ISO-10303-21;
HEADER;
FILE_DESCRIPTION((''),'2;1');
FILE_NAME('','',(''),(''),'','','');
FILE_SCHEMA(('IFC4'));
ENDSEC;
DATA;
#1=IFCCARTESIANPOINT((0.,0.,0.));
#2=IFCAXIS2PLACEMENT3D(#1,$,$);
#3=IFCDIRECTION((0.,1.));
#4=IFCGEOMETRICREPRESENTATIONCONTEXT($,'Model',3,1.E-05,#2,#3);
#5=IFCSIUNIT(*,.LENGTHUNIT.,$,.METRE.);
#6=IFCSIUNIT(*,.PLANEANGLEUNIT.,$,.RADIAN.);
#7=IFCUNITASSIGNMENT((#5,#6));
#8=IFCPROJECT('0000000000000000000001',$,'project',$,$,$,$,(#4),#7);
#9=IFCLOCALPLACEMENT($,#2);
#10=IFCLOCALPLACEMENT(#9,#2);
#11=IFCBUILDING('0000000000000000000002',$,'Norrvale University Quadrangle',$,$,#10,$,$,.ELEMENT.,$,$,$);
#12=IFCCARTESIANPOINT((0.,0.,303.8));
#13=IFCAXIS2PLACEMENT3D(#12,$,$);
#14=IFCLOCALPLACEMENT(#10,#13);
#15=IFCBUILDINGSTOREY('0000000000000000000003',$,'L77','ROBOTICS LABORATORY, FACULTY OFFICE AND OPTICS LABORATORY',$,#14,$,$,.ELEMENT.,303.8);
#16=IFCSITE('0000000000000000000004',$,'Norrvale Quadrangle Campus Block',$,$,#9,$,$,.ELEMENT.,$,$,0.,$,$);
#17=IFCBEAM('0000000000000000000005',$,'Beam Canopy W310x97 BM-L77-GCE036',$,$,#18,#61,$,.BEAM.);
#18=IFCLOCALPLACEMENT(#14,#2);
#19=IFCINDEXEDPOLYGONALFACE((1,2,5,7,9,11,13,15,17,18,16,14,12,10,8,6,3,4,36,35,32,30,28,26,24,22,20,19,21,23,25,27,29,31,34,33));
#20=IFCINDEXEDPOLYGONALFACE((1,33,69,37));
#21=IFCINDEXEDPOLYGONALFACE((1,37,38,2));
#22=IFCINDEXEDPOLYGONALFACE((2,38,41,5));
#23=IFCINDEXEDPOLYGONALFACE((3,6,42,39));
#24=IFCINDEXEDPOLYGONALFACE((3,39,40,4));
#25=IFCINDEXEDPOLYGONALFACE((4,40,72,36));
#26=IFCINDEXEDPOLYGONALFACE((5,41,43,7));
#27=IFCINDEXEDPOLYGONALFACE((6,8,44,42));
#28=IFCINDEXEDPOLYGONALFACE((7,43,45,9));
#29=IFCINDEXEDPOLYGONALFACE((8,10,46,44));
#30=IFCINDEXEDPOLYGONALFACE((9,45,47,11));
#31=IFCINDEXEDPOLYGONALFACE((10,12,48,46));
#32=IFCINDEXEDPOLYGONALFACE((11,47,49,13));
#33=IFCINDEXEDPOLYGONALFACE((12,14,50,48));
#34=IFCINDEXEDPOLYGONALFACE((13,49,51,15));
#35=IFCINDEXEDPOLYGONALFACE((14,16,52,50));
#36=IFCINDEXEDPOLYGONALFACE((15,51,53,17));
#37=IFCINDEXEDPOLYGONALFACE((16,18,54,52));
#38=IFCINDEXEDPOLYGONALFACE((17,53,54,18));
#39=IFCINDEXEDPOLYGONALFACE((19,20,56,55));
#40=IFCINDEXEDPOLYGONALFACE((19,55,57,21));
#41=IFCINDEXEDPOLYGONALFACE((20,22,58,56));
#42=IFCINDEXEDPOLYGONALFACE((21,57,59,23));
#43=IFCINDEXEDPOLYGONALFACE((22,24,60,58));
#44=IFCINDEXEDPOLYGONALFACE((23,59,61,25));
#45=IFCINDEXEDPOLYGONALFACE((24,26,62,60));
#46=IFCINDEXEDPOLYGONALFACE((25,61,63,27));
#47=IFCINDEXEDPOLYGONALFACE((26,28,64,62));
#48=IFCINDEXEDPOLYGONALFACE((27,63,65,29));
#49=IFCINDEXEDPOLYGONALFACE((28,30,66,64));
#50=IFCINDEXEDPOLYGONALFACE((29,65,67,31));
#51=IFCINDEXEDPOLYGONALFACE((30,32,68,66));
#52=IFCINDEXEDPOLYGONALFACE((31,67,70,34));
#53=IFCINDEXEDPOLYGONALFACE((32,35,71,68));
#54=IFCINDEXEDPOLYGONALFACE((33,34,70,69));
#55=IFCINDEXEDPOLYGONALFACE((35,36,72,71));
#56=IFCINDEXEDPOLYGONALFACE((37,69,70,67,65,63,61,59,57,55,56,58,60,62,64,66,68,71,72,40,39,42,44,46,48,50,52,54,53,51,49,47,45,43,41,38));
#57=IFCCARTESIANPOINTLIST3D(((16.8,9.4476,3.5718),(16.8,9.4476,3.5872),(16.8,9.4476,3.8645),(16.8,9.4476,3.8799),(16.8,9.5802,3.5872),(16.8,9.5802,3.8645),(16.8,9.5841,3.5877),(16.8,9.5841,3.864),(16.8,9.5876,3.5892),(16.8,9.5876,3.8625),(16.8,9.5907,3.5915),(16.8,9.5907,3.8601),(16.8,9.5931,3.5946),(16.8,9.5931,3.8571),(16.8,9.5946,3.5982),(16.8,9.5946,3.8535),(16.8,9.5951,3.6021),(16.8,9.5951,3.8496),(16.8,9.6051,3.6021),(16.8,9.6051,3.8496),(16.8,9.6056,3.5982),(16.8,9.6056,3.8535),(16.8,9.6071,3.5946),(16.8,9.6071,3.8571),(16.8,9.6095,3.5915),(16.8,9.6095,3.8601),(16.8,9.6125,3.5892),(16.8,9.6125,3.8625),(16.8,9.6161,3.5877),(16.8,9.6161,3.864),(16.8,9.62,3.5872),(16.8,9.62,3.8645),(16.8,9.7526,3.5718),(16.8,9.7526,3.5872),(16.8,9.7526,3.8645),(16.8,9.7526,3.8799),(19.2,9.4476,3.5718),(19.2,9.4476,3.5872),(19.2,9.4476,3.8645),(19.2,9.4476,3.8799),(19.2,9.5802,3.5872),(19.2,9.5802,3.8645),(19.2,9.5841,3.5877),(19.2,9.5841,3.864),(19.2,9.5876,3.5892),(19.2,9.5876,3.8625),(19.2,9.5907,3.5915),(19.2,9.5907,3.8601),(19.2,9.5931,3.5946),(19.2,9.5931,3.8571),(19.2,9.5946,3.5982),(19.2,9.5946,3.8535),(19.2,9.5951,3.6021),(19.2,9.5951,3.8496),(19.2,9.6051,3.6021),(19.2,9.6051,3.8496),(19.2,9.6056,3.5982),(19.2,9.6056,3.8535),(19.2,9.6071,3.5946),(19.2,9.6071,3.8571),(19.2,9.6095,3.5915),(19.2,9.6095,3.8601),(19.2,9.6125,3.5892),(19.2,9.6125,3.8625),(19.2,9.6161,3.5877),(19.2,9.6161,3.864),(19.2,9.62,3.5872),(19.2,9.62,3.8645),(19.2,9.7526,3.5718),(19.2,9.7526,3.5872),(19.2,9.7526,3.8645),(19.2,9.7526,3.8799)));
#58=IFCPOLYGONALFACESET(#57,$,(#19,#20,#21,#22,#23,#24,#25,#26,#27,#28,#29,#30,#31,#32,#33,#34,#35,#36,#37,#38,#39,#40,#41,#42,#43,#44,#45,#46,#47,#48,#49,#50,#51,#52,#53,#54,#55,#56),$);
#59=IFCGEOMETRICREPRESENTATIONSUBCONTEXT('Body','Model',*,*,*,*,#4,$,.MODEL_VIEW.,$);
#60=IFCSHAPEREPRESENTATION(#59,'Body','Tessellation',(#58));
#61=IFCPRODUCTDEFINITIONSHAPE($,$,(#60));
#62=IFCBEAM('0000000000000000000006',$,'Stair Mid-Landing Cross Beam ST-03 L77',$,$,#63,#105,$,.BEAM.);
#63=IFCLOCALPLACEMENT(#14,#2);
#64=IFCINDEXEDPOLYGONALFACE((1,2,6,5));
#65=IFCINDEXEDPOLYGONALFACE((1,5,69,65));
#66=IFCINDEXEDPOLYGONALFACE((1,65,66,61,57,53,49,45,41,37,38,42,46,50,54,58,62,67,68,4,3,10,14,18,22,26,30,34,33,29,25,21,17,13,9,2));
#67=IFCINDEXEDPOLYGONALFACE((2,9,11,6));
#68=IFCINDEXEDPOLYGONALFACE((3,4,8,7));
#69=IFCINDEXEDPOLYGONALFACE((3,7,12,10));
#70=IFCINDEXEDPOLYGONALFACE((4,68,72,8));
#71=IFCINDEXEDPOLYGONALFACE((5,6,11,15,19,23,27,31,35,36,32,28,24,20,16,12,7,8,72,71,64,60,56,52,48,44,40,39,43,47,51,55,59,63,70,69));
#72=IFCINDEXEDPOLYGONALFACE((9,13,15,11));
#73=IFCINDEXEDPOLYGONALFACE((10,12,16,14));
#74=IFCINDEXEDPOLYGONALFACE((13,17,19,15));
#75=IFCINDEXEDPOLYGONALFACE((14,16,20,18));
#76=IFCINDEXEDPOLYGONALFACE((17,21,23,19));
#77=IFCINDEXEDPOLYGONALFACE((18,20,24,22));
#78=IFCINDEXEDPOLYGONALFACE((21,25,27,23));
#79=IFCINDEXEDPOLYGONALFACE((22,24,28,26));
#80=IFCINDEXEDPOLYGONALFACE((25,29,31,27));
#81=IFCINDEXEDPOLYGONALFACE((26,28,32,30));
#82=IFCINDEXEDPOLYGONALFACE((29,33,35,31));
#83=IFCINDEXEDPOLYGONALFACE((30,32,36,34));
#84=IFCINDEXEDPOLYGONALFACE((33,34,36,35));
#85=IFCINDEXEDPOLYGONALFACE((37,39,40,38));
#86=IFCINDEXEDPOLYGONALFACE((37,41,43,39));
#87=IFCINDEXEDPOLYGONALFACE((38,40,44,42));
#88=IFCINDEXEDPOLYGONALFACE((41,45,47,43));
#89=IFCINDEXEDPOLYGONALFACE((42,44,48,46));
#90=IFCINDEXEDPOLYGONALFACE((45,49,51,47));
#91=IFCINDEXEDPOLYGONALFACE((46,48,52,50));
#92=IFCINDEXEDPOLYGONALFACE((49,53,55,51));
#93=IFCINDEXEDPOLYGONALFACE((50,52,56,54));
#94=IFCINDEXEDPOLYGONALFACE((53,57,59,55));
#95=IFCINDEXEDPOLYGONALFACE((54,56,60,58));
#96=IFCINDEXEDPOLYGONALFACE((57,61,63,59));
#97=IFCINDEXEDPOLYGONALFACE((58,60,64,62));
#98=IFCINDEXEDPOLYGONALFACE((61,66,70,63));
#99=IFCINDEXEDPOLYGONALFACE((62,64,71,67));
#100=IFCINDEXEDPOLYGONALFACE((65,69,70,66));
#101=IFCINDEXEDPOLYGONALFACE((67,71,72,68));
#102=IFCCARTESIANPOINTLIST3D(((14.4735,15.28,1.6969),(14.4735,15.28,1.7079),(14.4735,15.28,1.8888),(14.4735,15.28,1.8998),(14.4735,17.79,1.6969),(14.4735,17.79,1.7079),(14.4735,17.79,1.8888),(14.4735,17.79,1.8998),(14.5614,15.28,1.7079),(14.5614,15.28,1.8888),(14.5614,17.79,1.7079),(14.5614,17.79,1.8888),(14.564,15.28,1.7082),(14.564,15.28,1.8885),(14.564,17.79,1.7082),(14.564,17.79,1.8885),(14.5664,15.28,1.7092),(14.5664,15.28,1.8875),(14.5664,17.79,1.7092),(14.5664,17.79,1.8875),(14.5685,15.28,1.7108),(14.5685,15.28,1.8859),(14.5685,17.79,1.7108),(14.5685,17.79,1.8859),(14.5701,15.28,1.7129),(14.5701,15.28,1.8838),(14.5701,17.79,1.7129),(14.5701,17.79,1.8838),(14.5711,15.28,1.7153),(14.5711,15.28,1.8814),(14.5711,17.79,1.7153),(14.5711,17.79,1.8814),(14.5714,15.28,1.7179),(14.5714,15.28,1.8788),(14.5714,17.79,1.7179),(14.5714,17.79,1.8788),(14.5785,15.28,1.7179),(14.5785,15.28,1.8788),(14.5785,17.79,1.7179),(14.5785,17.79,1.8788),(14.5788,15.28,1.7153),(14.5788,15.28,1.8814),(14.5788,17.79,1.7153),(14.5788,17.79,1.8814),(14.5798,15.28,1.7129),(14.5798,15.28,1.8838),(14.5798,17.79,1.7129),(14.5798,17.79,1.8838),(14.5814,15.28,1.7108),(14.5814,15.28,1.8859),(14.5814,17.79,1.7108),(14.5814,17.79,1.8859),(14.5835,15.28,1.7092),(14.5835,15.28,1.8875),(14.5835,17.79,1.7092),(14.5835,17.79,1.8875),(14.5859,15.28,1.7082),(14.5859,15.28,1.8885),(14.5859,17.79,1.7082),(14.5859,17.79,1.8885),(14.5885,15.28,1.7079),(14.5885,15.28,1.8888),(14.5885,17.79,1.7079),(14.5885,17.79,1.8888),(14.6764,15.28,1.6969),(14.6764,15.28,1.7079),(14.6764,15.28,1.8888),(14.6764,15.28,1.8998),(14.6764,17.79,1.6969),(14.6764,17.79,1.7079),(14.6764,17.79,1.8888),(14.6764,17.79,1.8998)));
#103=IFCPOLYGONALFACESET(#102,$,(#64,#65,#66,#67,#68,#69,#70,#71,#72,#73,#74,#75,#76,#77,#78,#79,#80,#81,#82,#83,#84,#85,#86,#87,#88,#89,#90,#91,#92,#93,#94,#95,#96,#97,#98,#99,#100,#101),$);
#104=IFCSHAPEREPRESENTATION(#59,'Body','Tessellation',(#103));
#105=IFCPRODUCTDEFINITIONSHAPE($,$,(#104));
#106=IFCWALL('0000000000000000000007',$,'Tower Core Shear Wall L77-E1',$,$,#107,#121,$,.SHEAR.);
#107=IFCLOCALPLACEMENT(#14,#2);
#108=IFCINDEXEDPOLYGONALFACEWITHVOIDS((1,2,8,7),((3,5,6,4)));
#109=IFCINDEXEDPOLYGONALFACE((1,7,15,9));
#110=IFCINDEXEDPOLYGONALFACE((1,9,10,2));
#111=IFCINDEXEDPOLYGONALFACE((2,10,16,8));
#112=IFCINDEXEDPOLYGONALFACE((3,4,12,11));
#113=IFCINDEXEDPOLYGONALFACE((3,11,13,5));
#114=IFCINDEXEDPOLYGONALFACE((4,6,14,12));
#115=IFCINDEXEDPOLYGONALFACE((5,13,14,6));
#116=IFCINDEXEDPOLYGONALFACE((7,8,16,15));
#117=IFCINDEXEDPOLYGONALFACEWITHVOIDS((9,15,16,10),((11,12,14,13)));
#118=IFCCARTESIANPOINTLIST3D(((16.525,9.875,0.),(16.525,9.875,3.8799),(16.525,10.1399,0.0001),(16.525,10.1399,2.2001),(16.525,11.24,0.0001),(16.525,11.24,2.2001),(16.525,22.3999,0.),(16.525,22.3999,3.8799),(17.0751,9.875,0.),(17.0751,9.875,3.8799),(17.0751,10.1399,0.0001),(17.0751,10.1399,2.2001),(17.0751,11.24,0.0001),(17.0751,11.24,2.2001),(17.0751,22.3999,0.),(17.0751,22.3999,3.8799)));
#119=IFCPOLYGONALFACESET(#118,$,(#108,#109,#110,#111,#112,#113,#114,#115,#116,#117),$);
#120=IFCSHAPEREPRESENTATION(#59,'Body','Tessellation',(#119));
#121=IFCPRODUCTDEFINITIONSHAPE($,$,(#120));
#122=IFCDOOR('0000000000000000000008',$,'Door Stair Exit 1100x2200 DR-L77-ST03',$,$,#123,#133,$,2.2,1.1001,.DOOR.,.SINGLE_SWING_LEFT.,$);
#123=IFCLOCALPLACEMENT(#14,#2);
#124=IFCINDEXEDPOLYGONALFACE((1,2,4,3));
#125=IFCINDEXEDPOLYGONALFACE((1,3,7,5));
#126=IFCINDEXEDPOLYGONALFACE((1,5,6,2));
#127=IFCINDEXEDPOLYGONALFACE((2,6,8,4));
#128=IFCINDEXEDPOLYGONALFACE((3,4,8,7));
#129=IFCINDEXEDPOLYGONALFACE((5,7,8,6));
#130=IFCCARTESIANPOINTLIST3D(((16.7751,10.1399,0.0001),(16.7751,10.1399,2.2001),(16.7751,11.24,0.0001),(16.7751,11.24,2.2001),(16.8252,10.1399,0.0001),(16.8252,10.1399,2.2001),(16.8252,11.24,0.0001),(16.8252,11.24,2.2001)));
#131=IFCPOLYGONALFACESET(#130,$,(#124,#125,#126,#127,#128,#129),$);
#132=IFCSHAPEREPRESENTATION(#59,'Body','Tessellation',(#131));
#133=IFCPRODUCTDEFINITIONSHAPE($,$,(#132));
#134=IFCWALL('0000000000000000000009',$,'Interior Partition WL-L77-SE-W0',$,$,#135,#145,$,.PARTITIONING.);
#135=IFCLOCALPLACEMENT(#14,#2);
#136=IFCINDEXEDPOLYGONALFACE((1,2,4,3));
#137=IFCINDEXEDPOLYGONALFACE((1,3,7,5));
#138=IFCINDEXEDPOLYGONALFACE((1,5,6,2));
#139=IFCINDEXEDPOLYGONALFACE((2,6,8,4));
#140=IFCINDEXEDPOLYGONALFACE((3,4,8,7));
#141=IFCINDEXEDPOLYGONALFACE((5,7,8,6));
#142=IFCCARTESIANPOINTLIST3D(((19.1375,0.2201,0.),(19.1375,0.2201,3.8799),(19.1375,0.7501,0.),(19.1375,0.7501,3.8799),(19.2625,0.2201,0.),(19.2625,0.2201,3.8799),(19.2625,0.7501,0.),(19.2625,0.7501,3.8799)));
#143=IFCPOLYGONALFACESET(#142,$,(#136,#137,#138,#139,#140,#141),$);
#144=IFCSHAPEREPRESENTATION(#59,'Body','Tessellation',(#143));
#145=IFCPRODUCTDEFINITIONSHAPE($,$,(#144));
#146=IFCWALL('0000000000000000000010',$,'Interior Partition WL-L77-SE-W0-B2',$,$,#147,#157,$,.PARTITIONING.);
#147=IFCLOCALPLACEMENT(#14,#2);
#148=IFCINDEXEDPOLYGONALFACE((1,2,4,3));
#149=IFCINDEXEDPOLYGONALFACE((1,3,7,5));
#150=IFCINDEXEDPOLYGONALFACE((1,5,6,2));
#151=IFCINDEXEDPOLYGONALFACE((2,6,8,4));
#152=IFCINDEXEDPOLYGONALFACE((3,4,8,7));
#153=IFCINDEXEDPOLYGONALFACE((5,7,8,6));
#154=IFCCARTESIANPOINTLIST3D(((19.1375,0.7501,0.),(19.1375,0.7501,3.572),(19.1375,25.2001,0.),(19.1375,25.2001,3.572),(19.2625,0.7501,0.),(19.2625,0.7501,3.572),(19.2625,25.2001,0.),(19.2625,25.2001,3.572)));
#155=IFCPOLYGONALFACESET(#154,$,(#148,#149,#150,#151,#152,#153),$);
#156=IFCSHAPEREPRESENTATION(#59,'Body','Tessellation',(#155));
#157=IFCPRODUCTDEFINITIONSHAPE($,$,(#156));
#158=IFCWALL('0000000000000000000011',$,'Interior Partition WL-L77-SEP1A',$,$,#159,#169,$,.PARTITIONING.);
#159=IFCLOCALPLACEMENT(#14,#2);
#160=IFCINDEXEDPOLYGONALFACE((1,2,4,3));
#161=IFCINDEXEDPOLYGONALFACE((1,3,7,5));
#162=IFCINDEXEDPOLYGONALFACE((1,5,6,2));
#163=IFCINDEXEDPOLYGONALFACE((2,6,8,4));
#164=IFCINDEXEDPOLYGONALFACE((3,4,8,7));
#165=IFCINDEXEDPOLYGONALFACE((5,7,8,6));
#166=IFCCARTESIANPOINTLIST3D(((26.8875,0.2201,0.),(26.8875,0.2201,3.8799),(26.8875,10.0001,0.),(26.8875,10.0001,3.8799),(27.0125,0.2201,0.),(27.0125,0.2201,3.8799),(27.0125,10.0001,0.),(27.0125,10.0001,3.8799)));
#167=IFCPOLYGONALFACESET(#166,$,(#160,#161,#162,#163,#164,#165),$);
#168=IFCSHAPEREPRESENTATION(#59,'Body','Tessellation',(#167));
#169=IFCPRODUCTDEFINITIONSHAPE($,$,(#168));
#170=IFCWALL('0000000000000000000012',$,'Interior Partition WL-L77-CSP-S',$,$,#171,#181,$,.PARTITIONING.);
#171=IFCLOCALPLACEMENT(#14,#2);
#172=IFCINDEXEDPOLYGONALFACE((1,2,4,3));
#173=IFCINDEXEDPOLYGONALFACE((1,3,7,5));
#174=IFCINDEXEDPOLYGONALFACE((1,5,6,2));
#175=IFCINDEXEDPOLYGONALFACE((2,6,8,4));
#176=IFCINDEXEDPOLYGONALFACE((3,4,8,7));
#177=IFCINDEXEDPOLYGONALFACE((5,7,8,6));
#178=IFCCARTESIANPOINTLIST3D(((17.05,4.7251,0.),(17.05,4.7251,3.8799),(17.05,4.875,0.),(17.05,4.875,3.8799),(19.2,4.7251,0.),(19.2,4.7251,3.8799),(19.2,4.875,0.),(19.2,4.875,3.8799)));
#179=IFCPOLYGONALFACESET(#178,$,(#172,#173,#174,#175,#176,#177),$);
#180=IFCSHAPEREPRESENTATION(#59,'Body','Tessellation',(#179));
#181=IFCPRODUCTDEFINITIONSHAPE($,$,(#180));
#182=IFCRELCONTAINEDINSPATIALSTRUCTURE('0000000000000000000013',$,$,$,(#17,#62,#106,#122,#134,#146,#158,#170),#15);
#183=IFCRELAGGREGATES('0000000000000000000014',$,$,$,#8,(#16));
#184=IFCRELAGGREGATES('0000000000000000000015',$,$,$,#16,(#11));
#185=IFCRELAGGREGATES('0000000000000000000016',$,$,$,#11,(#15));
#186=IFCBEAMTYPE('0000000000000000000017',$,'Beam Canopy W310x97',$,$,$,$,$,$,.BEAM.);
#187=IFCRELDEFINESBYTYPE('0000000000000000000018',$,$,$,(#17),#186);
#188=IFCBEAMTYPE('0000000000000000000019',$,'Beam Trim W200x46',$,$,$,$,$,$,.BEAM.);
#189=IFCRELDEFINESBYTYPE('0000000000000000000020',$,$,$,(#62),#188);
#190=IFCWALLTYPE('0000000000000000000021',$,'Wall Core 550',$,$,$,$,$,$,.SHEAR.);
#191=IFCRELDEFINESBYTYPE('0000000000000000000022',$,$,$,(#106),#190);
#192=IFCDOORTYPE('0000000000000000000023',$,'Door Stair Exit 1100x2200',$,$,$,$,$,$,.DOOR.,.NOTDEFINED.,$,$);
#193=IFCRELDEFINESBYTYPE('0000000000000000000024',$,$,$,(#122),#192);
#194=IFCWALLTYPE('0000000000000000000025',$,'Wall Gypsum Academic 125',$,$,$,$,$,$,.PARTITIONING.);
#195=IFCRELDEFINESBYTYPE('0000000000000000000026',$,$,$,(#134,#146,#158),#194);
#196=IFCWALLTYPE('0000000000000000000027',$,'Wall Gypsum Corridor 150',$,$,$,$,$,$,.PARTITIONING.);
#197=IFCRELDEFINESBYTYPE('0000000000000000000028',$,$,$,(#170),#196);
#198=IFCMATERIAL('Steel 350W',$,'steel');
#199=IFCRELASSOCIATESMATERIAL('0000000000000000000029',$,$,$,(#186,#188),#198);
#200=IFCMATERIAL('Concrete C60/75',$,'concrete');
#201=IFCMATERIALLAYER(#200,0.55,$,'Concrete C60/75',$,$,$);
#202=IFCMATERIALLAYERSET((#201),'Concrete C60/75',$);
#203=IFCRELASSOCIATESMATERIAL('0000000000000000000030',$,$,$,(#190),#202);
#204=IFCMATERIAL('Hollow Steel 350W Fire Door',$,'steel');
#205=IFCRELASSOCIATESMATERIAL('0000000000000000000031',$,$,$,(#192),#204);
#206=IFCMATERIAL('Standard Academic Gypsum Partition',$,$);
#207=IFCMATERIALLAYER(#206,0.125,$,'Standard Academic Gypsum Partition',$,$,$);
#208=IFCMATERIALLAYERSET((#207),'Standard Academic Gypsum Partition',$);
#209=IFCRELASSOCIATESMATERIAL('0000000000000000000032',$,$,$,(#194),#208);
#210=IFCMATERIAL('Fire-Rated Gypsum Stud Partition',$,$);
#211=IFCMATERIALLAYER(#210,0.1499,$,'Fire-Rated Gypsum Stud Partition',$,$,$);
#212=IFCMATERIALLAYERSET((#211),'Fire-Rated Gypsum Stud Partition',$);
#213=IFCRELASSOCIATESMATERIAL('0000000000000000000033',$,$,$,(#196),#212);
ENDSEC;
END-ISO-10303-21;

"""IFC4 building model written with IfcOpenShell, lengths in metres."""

from ifc_helpers import new_model, si_unit, direction, frame, frame_2d, origin, origin_2d, place, context, subcontext, project, spatial, rectangle, i_section, extrude, material, layer, layer_set, material_profile, profile_set, type_object, element, fill, save


model = new_model("IFC4")

# Units and contexts
model_context = context("Model", 3, precision=1e-05, world=origin(), true_north=direction((0.0, 1.0)))
body_context = subcontext(model_context, "Body", "Model", "MODEL_VIEW")
ifc_project = project(units=[si_unit("LENGTHUNIT", "METRE"), si_unit("PLANEANGLEUNIT", "RADIAN")], contexts=[model_context])

# Site, building, storey
site_placement = place(None, origin())
site = spatial("IfcSite", under=ifc_project, at=site_placement, Name="Norrvale Quadrangle Campus Block", CompositionType="ELEMENT", RefElevation=0.0)
building_placement = place(site_placement, origin())
building = spatial("IfcBuilding", under=site, at=building_placement, Name="Norrvale University Quadrangle", CompositionType="ELEMENT")
storey_placement = place(building_placement, frame((0.0, 0.0, 303.8)))
storey = spatial("IfcBuildingStorey", under=building, at=storey_placement, Name="L77", Description="ROBOTICS LABORATORY, FACULTY OFFICE AND OPTICS LABORATORY", CompositionType="ELEMENT", Elevation=303.8)

# Shared definitions
ifc_material_1 = material(Name="Concrete C60/75", Category="concrete")

# Beams
ifc_material_2 = material(Name="Steel 350W", Category="steel")
ifc_material_profile_1 = material_profile(ifc_material_2, i_section(OverallWidth=0.3049, OverallDepth=0.3081, WebThickness=0.01, FlangeThickness=0.0154, FilletRadius=0.0149, at=origin_2d()), Name="Steel 350W")
ifc_profile_set_1 = profile_set([ifc_material_profile_1], Name="Steel 350W")
beam_type_1 = type_object("IfcBeamType", Name="Beam Canopy W310x97", PredefinedType="BEAM", material=ifc_profile_set_1)
beam_1_placement = place(storey_placement, frame((16.8, 9.6001, 3.7258), z_axis=(1.0, 0.0, 0.0), x_axis=(0.0, 1.0, 0.0)))
element("IfcBeam", 1, at=beam_1_placement, inside=storey, type_object=beam_type_1, Name="Beam Canopy W310x97 BM-L77-GCE036", PredefinedType="BEAM", context=body_context, shape_type="SweptSolid", body=[
    extrude(i_section(OverallWidth=0.3049, OverallDepth=0.3081, WebThickness=0.01, FlangeThickness=0.0154, FilletRadius=0.0149, at=origin_2d()), origin(), (0.0, 0.0, 1.0), 2.3999),
])
ifc_material_profile_2 = material_profile(ifc_material_2, i_section(OverallWidth=0.2029, OverallDepth=0.2029, WebThickness=0.0071, FlangeThickness=0.011, FilletRadius=0.01, at=origin_2d()), Name="Steel 350W")
ifc_profile_set_2 = profile_set([ifc_material_profile_2], Name="Steel 350W")
beam_type_2 = type_object("IfcBeamType", Name="Beam Trim W200x46", PredefinedType="BEAM", material=ifc_profile_set_2)
beam_2_placement = place(storey_placement, frame((14.575, 15.28, 1.7983), z_axis=(0.0, 1.0, 0.0), x_axis=(-1.0, 0.0, 0.0)))
element("IfcBeam", 2, at=beam_2_placement, inside=storey, type_object=beam_type_2, Name="Stair Mid-Landing Cross Beam ST-03 L77", PredefinedType="BEAM", context=body_context, shape_type="SweptSolid", body=[
    extrude(i_section(OverallWidth=0.2029, OverallDepth=0.2029, WebThickness=0.0071, FlangeThickness=0.011, FilletRadius=0.01, at=origin_2d()), origin(), (0.0, 0.0, 1.0), 2.51),
])

# Wall, opening, door
ifc_layer_1 = layer(ifc_material_1, 0.55, Name="Concrete C60/75")
ifc_layer_set_1 = layer_set([ifc_layer_1], Name="Concrete C60/75")
wall_type_1 = type_object("IfcWallType", Name="Wall Core 550", PredefinedType="SHEAR", material=ifc_layer_set_1)
wall_1_placement = place(storey_placement, frame((16.8, 9.875, 0.0), z_axis=(0.0, 0.0, 1.0), x_axis=(0.0, 1.0, 0.0)))
wall_1 = element("IfcWall", 3, at=wall_1_placement, inside=storey, type_object=wall_type_1, Name="Tower Core Shear Wall L77-E1", PredefinedType="SHEAR", context=body_context, shape_type="SweptSolid", body=[
    extrude(rectangle(XDim=12.5249, YDim=0.55, at=frame_2d((6.2625, 0.0))), origin(), (0.0, 0.0, 1.0), 3.8799),
])
opening_1_placement = place(wall_1_placement, frame((0.2649, 0.0, 0.0)))
opening_1 = element("IfcOpeningElement", 4, at=opening_1_placement, cuts=wall_1, PredefinedType="OPENING", context=body_context, shape_type="SweptSolid", body=[
    extrude(rectangle(XDim=1.1001, YDim=2.2, at=frame_2d((0.55, 1.1001))), frame((0.0, 0.2871, 0.0), z_axis=(0.0, -1.0, 0.0), x_axis=(1.0, 0.0, 0.0)), (0.0, 0.0, 1.0), 0.574),
])
ifc_material_3 = material(Name="Hollow Steel 350W Fire Door", Category="steel")
door_type_1 = type_object("IfcDoorType", Name="Door Stair Exit 1100x2200", OperationType="NOTDEFINED", PredefinedType="DOOR", material=ifc_material_3)
door_1_placement = place(opening_1_placement, origin())
door_1 = element("IfcDoor", 5, at=door_1_placement, inside=storey, type_object=door_type_1, Name="Door Stair Exit 1100x2200 DR-L77-ST03", OperationType="SINGLE_SWING_LEFT", OverallHeight=2.2, OverallWidth=1.1001, PredefinedType="DOOR", context=body_context, shape_type="SweptSolid", body=[
    extrude(rectangle(XDim=1.1001, YDim=2.2, at=frame_2d((0.55, 1.1001))), frame((0.0, 0.0249, 0.0), z_axis=(0.0, -1.0, 0.0), x_axis=(1.0, 0.0, 0.0)), (0.0, 0.0, 1.0), 0.05),
])
fill(opening_1, door_1)

# Walls
ifc_material_4 = material(Name="Standard Academic Gypsum Partition")
ifc_layer_2 = layer(ifc_material_4, 0.125, Name="Standard Academic Gypsum Partition")
ifc_layer_set_2 = layer_set([ifc_layer_2], Name="Standard Academic Gypsum Partition")
wall_type_2 = type_object("IfcWallType", Name="Wall Gypsum Academic 125", PredefinedType="PARTITIONING", material=ifc_layer_set_2)
wall_2_placement = place(storey_placement, frame((19.2, 0.22, 0.0), z_axis=(0.0, 0.0, 1.0), x_axis=(0.0, 1.0, 0.0)))
element("IfcWall", 6, at=wall_2_placement, inside=storey, type_object=wall_type_2, Name="Interior Partition WL-L77-SE-W0", PredefinedType="PARTITIONING", context=body_context, shape_type="SweptSolid", body=[
    extrude(rectangle(XDim=0.53, YDim=0.125, at=frame_2d((0.2651, 0.0))), origin(), (0.0, 0.0, 1.0), 3.8799),
])
wall_3_placement = place(storey_placement, frame((19.2, 0.75, 0.0), z_axis=(0.0, 0.0, 1.0), x_axis=(0.0, 1.0, 0.0)))
element("IfcWall", 7, at=wall_3_placement, inside=storey, type_object=wall_type_2, Name="Interior Partition WL-L77-SE-W0-B2", PredefinedType="PARTITIONING", context=body_context, shape_type="SweptSolid", body=[
    extrude(rectangle(XDim=24.45, YDim=0.125, at=frame_2d((12.2251, 0.0))), origin(), (0.0, 0.0, 1.0), 3.572),
])
wall_4_placement = place(storey_placement, frame((26.95, 0.22, 0.0), z_axis=(0.0, 0.0, 1.0), x_axis=(0.0, 1.0, 0.0)))
element("IfcWall", 8, at=wall_4_placement, inside=storey, type_object=wall_type_2, Name="Interior Partition WL-L77-SEP1A", PredefinedType="PARTITIONING", context=body_context, shape_type="SweptSolid", body=[
    extrude(rectangle(XDim=9.78, YDim=0.125, at=frame_2d((4.8901, 0.0))), origin(), (0.0, 0.0, 1.0), 3.8799),
])
ifc_material_5 = material(Name="Fire-Rated Gypsum Stud Partition")
ifc_layer_3 = layer(ifc_material_5, 0.1499, Name="Fire-Rated Gypsum Stud Partition")
ifc_layer_set_3 = layer_set([ifc_layer_3], Name="Fire-Rated Gypsum Stud Partition")
wall_type_3 = type_object("IfcWallType", Name="Wall Gypsum Corridor 150", PredefinedType="PARTITIONING", material=ifc_layer_set_3)
wall_5_placement = place(storey_placement, frame((17.05, 4.8, 0.0), z_axis=(0.0, 0.0, 1.0), x_axis=(1.0, 0.0, 0.0)))
element("IfcWall", 9, at=wall_5_placement, inside=storey, type_object=wall_type_3, Name="Interior Partition WL-L77-CSP-S", PredefinedType="PARTITIONING", context=body_context, shape_type="SweptSolid", body=[
    extrude(rectangle(XDim=2.1499, YDim=0.1499, at=frame_2d((1.075, 0.0))), origin(), (0.0, 0.0, 1.0), 3.8799),
])

save(model, "model.ifc")
